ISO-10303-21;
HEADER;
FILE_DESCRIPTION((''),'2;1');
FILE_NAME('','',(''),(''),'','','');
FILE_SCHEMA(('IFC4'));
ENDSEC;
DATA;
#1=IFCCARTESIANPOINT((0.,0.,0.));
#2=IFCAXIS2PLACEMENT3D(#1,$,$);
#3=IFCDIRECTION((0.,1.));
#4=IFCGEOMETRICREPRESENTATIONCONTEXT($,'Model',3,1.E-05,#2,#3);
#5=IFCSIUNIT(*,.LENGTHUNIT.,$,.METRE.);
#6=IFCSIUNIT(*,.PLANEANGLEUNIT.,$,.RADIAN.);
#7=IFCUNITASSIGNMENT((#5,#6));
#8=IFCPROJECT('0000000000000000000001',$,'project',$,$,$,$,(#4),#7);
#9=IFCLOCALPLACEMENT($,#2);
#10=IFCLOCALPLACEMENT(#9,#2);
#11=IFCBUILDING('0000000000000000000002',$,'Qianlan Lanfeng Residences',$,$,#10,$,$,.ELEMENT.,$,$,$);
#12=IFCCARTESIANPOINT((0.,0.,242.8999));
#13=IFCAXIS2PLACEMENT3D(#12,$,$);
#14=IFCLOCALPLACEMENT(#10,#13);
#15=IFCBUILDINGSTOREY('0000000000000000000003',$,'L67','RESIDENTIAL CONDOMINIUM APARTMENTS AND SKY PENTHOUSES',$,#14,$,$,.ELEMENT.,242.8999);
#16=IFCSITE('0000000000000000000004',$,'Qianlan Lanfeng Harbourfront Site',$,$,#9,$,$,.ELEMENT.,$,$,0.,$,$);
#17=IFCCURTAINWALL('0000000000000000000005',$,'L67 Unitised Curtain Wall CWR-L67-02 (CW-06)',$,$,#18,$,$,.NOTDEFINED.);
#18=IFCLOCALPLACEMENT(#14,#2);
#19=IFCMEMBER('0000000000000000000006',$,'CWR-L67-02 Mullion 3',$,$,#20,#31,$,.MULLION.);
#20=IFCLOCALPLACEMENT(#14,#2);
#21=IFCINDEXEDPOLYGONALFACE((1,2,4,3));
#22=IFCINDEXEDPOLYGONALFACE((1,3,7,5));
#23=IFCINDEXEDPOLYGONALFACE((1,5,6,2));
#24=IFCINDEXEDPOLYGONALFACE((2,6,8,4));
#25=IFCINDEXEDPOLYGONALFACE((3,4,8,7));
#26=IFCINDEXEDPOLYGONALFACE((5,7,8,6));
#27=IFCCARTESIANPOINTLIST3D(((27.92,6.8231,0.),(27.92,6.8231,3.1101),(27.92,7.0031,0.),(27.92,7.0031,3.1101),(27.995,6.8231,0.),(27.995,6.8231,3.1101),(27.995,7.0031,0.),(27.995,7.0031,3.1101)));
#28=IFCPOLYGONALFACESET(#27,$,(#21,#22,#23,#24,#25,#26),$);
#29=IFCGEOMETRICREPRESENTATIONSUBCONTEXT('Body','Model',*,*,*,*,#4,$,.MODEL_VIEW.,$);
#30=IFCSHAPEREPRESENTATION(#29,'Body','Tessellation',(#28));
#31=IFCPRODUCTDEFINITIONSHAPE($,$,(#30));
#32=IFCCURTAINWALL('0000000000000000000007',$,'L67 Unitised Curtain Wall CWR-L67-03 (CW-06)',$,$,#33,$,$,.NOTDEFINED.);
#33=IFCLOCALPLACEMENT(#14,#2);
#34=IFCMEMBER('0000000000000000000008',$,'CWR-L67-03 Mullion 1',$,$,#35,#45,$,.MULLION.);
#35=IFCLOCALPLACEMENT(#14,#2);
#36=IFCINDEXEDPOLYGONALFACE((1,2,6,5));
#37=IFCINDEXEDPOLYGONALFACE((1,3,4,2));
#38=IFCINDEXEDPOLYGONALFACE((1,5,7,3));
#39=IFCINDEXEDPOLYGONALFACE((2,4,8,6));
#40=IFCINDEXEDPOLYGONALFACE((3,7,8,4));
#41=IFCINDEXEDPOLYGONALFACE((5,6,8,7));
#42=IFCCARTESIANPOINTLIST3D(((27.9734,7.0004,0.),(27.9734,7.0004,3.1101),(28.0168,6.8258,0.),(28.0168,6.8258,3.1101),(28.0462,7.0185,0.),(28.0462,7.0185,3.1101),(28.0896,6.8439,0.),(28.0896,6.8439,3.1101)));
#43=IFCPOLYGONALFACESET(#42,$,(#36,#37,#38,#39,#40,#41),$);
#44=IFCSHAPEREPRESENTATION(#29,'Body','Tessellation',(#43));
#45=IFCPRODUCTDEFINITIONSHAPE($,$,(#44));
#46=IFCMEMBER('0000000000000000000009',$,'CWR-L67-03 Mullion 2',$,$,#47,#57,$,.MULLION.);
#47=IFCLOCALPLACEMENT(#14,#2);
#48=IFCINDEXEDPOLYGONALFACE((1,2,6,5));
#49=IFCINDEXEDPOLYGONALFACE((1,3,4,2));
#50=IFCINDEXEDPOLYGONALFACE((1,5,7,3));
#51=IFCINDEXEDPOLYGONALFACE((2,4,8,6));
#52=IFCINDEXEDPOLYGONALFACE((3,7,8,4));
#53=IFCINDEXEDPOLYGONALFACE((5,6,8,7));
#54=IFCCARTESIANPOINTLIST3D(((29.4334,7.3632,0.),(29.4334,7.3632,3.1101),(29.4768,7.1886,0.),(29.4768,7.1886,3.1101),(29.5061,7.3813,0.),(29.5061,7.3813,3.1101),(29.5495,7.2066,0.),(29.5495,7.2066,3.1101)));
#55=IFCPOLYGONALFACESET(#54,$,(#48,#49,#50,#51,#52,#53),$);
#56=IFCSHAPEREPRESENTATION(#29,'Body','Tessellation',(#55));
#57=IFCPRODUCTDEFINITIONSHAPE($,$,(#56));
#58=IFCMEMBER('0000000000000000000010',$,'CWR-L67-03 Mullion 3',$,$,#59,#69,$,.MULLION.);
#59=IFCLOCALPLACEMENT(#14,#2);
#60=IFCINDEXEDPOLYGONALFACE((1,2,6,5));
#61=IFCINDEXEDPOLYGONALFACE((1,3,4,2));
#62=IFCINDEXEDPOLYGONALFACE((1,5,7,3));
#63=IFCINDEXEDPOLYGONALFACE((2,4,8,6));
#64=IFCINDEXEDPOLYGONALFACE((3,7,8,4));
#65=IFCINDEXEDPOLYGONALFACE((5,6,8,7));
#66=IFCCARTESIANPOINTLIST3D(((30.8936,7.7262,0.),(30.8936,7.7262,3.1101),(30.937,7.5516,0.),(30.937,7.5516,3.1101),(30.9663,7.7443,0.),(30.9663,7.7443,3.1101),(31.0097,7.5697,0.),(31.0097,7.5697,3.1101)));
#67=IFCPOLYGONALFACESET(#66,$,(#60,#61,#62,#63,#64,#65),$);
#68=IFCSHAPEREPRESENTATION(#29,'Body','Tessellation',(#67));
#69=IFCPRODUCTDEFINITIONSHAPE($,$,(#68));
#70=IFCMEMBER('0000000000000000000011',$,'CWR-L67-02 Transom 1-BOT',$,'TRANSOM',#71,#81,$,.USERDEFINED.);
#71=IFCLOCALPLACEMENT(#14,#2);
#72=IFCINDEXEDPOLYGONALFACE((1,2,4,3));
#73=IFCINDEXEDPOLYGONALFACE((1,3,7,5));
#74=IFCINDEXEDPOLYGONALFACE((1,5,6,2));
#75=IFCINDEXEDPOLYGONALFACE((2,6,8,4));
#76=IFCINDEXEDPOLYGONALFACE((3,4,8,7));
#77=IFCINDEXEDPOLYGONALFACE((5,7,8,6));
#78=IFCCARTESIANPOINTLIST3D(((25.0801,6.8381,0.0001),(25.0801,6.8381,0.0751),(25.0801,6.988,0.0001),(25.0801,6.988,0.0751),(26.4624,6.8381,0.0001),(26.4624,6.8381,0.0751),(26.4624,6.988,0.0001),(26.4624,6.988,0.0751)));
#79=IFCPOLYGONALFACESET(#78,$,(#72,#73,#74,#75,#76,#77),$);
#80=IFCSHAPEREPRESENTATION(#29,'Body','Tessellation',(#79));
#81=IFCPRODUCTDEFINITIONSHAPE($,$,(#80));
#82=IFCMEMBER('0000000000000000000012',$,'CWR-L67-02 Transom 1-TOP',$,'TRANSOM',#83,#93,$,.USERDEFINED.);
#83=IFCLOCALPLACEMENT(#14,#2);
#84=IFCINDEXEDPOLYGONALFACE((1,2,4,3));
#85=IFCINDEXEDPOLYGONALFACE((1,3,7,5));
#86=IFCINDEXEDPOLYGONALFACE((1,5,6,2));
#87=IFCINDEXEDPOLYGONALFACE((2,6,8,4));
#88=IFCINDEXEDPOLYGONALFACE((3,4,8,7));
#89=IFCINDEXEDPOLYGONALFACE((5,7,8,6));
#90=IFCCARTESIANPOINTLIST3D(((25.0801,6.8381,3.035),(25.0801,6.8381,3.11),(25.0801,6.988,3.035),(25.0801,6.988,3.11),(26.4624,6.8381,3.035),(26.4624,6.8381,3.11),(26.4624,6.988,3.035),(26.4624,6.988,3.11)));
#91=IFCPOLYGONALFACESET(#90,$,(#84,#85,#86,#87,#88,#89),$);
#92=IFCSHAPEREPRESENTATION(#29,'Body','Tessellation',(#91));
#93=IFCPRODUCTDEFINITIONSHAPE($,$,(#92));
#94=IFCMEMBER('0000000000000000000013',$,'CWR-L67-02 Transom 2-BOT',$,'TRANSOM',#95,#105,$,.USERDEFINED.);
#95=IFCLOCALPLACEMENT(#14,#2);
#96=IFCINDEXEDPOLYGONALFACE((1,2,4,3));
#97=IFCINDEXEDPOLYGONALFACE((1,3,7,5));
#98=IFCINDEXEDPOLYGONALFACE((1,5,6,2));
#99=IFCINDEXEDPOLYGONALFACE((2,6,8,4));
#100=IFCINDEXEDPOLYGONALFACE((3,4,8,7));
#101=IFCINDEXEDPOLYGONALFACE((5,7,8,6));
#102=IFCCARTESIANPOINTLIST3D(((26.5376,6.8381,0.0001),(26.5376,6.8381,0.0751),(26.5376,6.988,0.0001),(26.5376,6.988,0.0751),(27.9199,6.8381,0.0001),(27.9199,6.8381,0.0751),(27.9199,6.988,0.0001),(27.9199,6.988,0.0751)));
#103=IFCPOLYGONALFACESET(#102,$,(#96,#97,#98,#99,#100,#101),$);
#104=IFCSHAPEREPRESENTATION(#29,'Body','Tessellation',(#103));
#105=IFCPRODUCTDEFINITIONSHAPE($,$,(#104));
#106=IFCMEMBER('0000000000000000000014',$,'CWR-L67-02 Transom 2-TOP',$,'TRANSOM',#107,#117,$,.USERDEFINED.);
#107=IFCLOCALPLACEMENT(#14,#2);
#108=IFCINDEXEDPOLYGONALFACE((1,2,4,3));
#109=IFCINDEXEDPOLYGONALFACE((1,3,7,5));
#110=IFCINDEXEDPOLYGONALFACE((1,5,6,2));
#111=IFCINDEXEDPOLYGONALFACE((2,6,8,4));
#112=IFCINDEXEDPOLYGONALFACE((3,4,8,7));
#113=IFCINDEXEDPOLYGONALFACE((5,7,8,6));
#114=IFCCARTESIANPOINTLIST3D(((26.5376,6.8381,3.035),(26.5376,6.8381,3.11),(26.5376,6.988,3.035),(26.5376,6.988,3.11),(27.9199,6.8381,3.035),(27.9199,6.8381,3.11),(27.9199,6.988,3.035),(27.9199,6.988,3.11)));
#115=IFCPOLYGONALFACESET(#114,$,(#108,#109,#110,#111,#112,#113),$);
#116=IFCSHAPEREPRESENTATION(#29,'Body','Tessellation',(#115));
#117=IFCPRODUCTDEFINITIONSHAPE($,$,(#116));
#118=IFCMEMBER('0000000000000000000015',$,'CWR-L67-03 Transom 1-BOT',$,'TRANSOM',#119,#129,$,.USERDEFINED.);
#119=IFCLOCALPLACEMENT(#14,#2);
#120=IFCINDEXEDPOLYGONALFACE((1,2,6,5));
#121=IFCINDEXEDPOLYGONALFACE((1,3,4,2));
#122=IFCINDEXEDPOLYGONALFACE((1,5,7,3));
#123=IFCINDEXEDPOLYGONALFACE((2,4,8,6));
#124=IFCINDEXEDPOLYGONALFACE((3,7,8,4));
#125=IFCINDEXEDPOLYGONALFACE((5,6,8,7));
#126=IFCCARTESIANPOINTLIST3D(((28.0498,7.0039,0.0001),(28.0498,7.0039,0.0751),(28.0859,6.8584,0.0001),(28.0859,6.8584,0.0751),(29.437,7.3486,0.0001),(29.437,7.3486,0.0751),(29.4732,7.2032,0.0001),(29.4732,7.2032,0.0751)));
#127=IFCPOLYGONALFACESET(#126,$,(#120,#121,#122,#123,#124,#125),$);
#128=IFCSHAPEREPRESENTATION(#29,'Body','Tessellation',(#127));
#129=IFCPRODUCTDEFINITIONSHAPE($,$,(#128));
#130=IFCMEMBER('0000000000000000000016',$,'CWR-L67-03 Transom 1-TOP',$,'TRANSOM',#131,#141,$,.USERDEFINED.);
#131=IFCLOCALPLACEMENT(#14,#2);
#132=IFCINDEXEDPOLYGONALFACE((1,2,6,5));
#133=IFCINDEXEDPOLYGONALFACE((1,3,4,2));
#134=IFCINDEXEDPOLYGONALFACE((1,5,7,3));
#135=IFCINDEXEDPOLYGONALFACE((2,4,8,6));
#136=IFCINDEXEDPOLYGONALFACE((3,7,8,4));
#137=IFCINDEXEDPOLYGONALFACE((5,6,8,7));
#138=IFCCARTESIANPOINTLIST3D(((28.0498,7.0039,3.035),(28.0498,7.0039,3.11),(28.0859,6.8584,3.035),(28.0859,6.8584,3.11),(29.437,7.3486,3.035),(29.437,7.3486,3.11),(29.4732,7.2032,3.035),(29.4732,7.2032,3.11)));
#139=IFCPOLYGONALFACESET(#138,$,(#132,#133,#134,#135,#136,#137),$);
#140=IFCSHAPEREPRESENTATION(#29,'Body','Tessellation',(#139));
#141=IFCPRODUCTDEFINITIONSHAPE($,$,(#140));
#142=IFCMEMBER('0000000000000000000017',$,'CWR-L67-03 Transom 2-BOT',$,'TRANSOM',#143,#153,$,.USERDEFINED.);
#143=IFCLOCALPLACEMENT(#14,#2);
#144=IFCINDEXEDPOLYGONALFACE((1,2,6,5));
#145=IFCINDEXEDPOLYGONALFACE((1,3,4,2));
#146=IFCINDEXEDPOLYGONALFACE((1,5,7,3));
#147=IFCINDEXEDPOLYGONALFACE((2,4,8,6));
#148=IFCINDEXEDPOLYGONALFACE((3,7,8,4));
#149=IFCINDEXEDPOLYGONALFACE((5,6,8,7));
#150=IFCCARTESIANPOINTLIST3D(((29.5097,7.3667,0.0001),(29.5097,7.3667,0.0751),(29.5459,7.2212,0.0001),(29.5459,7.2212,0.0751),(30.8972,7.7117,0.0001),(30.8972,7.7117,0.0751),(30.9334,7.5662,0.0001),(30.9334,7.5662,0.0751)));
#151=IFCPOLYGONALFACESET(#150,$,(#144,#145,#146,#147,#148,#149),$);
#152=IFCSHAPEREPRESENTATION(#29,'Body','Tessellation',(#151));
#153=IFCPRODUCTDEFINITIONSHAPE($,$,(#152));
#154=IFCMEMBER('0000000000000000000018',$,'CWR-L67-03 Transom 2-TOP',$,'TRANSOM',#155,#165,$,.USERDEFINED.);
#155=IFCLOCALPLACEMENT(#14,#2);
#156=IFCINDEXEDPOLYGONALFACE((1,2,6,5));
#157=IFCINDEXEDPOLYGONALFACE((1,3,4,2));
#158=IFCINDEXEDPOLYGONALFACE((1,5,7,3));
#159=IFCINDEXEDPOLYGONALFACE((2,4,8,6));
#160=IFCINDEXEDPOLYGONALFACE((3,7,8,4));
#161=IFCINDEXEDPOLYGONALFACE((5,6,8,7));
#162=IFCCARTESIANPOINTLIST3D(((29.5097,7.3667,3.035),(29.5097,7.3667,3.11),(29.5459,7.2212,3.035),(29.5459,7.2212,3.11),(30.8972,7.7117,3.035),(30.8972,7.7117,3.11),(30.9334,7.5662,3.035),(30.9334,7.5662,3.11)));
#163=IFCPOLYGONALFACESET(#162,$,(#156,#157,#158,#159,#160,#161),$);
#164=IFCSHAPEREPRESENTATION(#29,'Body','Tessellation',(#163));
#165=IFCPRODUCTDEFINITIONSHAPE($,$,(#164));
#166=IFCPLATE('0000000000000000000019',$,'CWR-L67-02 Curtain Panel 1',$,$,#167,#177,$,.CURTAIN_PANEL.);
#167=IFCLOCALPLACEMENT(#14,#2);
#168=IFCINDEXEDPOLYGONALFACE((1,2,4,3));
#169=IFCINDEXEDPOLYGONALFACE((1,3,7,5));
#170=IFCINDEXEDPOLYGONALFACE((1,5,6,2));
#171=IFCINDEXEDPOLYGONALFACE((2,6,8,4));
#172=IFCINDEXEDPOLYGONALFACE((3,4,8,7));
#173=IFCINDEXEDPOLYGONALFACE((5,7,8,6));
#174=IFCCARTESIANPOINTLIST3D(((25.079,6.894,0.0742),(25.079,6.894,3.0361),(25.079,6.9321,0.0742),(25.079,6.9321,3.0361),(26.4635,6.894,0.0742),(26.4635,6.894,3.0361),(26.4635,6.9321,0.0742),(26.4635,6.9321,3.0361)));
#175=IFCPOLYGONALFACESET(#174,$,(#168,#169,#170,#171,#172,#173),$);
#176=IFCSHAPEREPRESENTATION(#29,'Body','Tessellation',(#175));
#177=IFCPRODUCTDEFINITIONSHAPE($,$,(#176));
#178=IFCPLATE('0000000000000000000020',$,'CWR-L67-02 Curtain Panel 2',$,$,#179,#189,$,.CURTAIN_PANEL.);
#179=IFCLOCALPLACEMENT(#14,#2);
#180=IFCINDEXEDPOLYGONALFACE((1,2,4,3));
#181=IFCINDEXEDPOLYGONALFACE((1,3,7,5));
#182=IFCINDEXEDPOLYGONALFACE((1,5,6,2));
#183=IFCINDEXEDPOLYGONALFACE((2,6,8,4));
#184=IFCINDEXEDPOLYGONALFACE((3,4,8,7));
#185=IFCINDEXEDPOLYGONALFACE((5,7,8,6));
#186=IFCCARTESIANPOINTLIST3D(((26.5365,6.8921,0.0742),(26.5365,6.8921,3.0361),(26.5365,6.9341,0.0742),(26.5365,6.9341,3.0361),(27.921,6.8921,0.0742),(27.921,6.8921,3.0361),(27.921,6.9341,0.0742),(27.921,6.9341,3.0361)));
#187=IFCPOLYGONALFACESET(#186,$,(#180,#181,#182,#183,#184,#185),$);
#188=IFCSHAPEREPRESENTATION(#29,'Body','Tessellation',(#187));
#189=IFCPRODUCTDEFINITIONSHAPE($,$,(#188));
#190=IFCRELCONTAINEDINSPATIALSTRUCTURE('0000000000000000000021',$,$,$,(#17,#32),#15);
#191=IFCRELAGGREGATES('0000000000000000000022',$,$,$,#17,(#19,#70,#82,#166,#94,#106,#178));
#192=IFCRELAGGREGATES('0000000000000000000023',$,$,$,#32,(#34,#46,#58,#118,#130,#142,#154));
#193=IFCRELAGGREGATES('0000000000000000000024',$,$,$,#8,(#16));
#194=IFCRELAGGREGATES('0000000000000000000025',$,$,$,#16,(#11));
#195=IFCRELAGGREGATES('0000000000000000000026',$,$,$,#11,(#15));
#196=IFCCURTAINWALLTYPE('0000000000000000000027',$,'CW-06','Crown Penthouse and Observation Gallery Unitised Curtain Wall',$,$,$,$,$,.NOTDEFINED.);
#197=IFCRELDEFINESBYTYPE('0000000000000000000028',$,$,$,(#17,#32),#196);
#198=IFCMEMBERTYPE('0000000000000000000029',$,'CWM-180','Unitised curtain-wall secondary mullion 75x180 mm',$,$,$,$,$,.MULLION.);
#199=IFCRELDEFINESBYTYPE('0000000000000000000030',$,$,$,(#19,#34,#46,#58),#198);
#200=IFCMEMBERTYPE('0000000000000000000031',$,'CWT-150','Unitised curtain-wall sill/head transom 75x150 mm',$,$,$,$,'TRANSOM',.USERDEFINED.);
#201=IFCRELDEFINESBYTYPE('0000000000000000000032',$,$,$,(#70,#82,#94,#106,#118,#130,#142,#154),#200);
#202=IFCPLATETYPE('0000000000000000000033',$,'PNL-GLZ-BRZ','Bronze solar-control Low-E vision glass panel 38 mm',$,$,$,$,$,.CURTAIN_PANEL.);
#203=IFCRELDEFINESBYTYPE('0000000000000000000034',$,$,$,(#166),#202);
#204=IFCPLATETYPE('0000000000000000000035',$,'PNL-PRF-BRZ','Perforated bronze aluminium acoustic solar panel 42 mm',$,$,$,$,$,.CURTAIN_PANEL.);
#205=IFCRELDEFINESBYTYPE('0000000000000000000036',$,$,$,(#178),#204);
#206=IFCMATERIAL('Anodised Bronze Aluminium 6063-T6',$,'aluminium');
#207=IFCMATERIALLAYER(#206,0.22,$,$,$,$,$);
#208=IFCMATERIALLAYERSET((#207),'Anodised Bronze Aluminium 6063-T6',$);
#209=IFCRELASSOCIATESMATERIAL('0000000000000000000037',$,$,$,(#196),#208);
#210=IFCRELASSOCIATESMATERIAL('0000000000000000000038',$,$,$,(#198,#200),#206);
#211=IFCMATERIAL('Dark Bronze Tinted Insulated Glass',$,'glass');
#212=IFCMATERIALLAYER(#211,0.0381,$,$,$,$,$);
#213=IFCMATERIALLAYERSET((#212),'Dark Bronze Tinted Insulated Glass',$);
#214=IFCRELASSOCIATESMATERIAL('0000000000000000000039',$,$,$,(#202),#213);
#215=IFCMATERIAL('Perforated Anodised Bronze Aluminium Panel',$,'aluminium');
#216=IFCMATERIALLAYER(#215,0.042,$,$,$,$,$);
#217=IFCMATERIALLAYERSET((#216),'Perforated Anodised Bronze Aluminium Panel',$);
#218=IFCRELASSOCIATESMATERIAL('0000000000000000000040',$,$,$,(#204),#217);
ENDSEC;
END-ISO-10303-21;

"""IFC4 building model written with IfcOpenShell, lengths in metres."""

from ifc_helpers import new_model, si_unit, direction, frame, origin, origin_2d, place, context, subcontext, project, spatial, rectangle, extrude, source, transform, mapped, material, layer, layer_set, material_profile, profile_set, type_object, element, aggregate, save


model = new_model("IFC4")

# Units and contexts
model_context = context("Model", 3, precision=1e-05, world=origin(), true_north=direction((0.0, 1.0)))
body_context = subcontext(model_context, "Body", "Model", "MODEL_VIEW")
ifc_project = project(units=[si_unit("LENGTHUNIT", "METRE"), si_unit("PLANEANGLEUNIT", "RADIAN")], contexts=[model_context])

# Site, building, storey
site_placement = place(None, origin())
site = spatial("IfcSite", under=ifc_project, at=site_placement, Name="Qianlan Lanfeng Harbourfront Site", CompositionType="ELEMENT", RefElevation=0.0)
building_placement = place(site_placement, origin())
building = spatial("IfcBuilding", under=site, at=building_placement, Name="Qianlan Lanfeng Residences", CompositionType="ELEMENT")
storey_placement = place(building_placement, frame((0.0, 0.0, 242.8999)))
storey = spatial("IfcBuildingStorey", under=building, at=storey_placement, Name="L67", Description="RESIDENTIAL CONDOMINIUM APARTMENTS AND SKY PENTHOUSES", CompositionType="ELEMENT", Elevation=242.8999)

# Curtain walls, members
ifc_material_1 = material(Name="Anodised Bronze Aluminium 6063-T6", Category="aluminium")
ifc_layer_1 = layer(ifc_material_1, 0.22)
ifc_layer_set_1 = layer_set([ifc_layer_1], Name="Anodised Bronze Aluminium 6063-T6")
curtain_wall_type = type_object("IfcCurtainWallType", Name="CW-06", Description="Crown Penthouse and Observation Gallery Unitised Curtain Wall", PredefinedType="NOTDEFINED", material=ifc_layer_set_1)
curtain_wall_1_placement = place(storey_placement, origin())
curtain_wall_1 = element("IfcCurtainWall", 1, at=curtain_wall_1_placement, inside=storey, type_object=curtain_wall_type, Name="L67 Unitised Curtain Wall CWR-L67-02 (CW-06)", PredefinedType="NOTDEFINED")
ifc_material_profile_1 = material_profile(ifc_material_1, rectangle(XDim=0.075, YDim=0.1799, at=origin_2d()), Name="ALU MULLION 75x180")
ifc_profile_set_1 = profile_set([ifc_material_profile_1], Name="Anodised Bronze Aluminium 6063-T6")
member_type_1 = type_object("IfcMemberType", Name="CWM-180", Description="Unitised curtain-wall secondary mullion 75x180 mm", PredefinedType="MULLION", material=ifc_profile_set_1)
shared_shape_1 = source(origin(), body_context, "Body", "SweptSolid", [
    extrude(rectangle(XDim=0.075, YDim=0.1799, at=origin_2d()), origin(), (0.0, 0.0, 1.0), 3.1101),
])
member_1_placement = place(storey_placement, frame((27.9575, 6.9131, 0.0), z_axis=(0.0, 0.0, 1.0), x_axis=(1.0, 0.0, 0.0)))
member_1 = element("IfcMember", 2, at=member_1_placement, type_object=member_type_1, Name="CWR-L67-02 Mullion 3", PredefinedType="MULLION", context=body_context, shape_type="MappedRepresentation", body=[
    mapped(shared_shape_1, transform((0.0, 0.0, 0.0), scale=1.0)),
])
curtain_wall_2_placement = place(storey_placement, origin())
curtain_wall_2 = element("IfcCurtainWall", 3, at=curtain_wall_2_placement, inside=storey, type_object=curtain_wall_type, Name="L67 Unitised Curtain Wall CWR-L67-03 (CW-06)", PredefinedType="NOTDEFINED")
member_2_placement = place(storey_placement, frame((28.0315, 6.9221, 0.0), z_axis=(0.0, 0.0, 1.0), x_axis=(0.970466, 0.241238, 0.0)))
member_2 = element("IfcMember", 4, at=member_2_placement, type_object=member_type_1, Name="CWR-L67-03 Mullion 1", PredefinedType="MULLION", context=body_context, shape_type="MappedRepresentation", body=[
    mapped(shared_shape_1, transform((0.0, 0.0, 0.0), scale=1.0)),
])
member_3_placement = place(storey_placement, frame((29.4915, 7.2849, 0.0), z_axis=(0.0, 0.0, 1.0), x_axis=(0.970466, 0.241238, 0.0)))
member_3 = element("IfcMember", 5, at=member_3_placement, type_object=member_type_1, Name="CWR-L67-03 Mullion 2", PredefinedType="MULLION", context=body_context, shape_type="MappedRepresentation", body=[
    mapped(shared_shape_1, transform((0.0, 0.0, 0.0), scale=1.0)),
])
member_4_placement = place(storey_placement, frame((30.9517, 7.6479, 0.0), z_axis=(0.0, 0.0, 1.0), x_axis=(0.970466, 0.241238, 0.0)))
member_4 = element("IfcMember", 6, at=member_4_placement, type_object=member_type_1, Name="CWR-L67-03 Mullion 3", PredefinedType="MULLION", context=body_context, shape_type="MappedRepresentation", body=[
    mapped(shared_shape_1, transform((0.0, 0.0, 0.0), scale=1.0)),
])

# Members
ifc_material_profile_2 = material_profile(ifc_material_1, rectangle(XDim=0.075, YDim=0.1499, at=origin_2d()), Name="ALU TRANSOM 75x150")
ifc_profile_set_2 = profile_set([ifc_material_profile_2], Name="Anodised Bronze Aluminium 6063-T6")
member_type_2 = type_object("IfcMemberType", Name="CWT-150", Description="Unitised curtain-wall sill/head transom 75x150 mm", ElementType="TRANSOM", PredefinedType="USERDEFINED", material=ifc_profile_set_2)
shared_shape_2 = source(origin(), body_context, "Body", "SweptSolid", [
    extrude(rectangle(XDim=0.075, YDim=0.1499, at=origin_2d()), origin(), (0.0, 0.0, 1.0), 1.3823),
])
member_5_placement = place(storey_placement, frame((25.0801, 6.9131, 0.0376), z_axis=(1.0, 0.0, 0.0), x_axis=(0.0, 0.0, 1.0)))
member_5 = element("IfcMember", 7, at=member_5_placement, type_object=member_type_2, Name="CWR-L67-02 Transom 1-BOT", ObjectType="TRANSOM", PredefinedType="USERDEFINED", context=body_context, shape_type="MappedRepresentation", body=[
    mapped(shared_shape_2, transform((0.0, 0.0, 0.0), scale=1.0)),
])
member_6_placement = place(storey_placement, frame((25.0801, 6.9131, 3.0725), z_axis=(1.0, 0.0, 0.0), x_axis=(0.0, 0.0, 1.0)))
member_6 = element("IfcMember", 8, at=member_6_placement, type_object=member_type_2, Name="CWR-L67-02 Transom 1-TOP", ObjectType="TRANSOM", PredefinedType="USERDEFINED", context=body_context, shape_type="MappedRepresentation", body=[
    mapped(shared_shape_2, transform((0.0, 0.0, 0.0), scale=1.0)),
])
member_7_placement = place(storey_placement, frame((26.5376, 6.9131, 0.0376), z_axis=(1.0, 0.0, 0.0), x_axis=(0.0, 0.0, 1.0)))
member_7 = element("IfcMember", 9, at=member_7_placement, type_object=member_type_2, Name="CWR-L67-02 Transom 2-BOT", ObjectType="TRANSOM", PredefinedType="USERDEFINED", context=body_context, shape_type="MappedRepresentation", body=[
    mapped(shared_shape_2, transform((0.0, 0.0, 0.0), scale=1.0)),
])
member_8_placement = place(storey_placement, frame((26.5376, 6.9131, 3.0725), z_axis=(1.0, 0.0, 0.0), x_axis=(0.0, 0.0, 1.0)))
member_8 = element("IfcMember", 10, at=member_8_placement, type_object=member_type_2, Name="CWR-L67-02 Transom 2-TOP", ObjectType="TRANSOM", PredefinedType="USERDEFINED", context=body_context, shape_type="MappedRepresentation", body=[
    mapped(shared_shape_2, transform((0.0, 0.0, 0.0), scale=1.0)),
])
shared_shape_3 = source(origin(), body_context, "Body", "SweptSolid", [
    extrude(rectangle(XDim=0.075, YDim=0.1499, at=origin_2d()), origin(), (0.0, 0.0, 1.0), 1.4294),
])
member_9_placement = place(storey_placement, frame((28.0679, 6.9312, 0.0376), z_axis=(0.970483, 0.241169, 0.0), x_axis=(0.0, 0.0, 1.0)))
member_9 = element("IfcMember", 11, at=member_9_placement, type_object=member_type_2, Name="CWR-L67-03 Transom 1-BOT", ObjectType="TRANSOM", PredefinedType="USERDEFINED", context=body_context, shape_type="MappedRepresentation", body=[
    mapped(shared_shape_3, transform((0.0, 0.0, 0.0), scale=1.0)),
])
member_10_placement = place(storey_placement, frame((28.0679, 6.9312, 3.0725), z_axis=(0.970483, 0.241169, 0.0), x_axis=(0.0, 0.0, 1.0)))
member_10 = element("IfcMember", 12, at=member_10_placement, type_object=member_type_2, Name="CWR-L67-03 Transom 1-TOP", ObjectType="TRANSOM", PredefinedType="USERDEFINED", context=body_context, shape_type="MappedRepresentation", body=[
    mapped(shared_shape_3, transform((0.0, 0.0, 0.0), scale=1.0)),
])
shared_shape_4 = source(origin(), body_context, "Body", "SweptSolid", [
    extrude(rectangle(XDim=0.075, YDim=0.1499, at=origin_2d()), origin(), (0.0, 0.0, 1.0), 1.4297),
])
member_11_placement = place(storey_placement, frame((29.5278, 7.2939, 0.0376), z_axis=(0.970453, 0.24129, 0.0), x_axis=(0.0, 0.0, 1.0)))
member_11 = element("IfcMember", 13, at=member_11_placement, type_object=member_type_2, Name="CWR-L67-03 Transom 2-BOT", ObjectType="TRANSOM", PredefinedType="USERDEFINED", context=body_context, shape_type="MappedRepresentation", body=[
    mapped(shared_shape_4, transform((0.0, 0.0, 0.0), scale=1.0)),
])
member_12_placement = place(storey_placement, frame((29.5278, 7.2939, 3.0725), z_axis=(0.970453, 0.24129, 0.0), x_axis=(0.0, 0.0, 1.0)))
member_12 = element("IfcMember", 14, at=member_12_placement, type_object=member_type_2, Name="CWR-L67-03 Transom 2-TOP", ObjectType="TRANSOM", PredefinedType="USERDEFINED", context=body_context, shape_type="MappedRepresentation", body=[
    mapped(shared_shape_4, transform((0.0, 0.0, 0.0), scale=1.0)),
])

# Plates
ifc_material_2 = material(Name="Dark Bronze Tinted Insulated Glass", Category="glass")
ifc_layer_2 = layer(ifc_material_2, 0.0381)
ifc_layer_set_2 = layer_set([ifc_layer_2], Name="Dark Bronze Tinted Insulated Glass")
plate_type_1 = type_object("IfcPlateType", Name="PNL-GLZ-BRZ", Description="Bronze solar-control Low-E vision glass panel 38 mm", PredefinedType="CURTAIN_PANEL", material=ifc_layer_set_2)
shared_shape_5 = source(origin(), body_context, "Body", "SweptSolid", [
    extrude(rectangle(XDim=1.3845, YDim=0.0381, at=origin_2d()), origin(), (0.0, 0.0, 1.0), 2.9619),
])
plate_1_placement = place(storey_placement, frame((25.7712, 6.9131, 0.0742), z_axis=(0.0, 0.0, 1.0), x_axis=(1.0, 0.0, 0.0)))
plate_1 = element("IfcPlate", 15, at=plate_1_placement, type_object=plate_type_1, Name="CWR-L67-02 Curtain Panel 1", PredefinedType="CURTAIN_PANEL", context=body_context, shape_type="MappedRepresentation", body=[
    mapped(shared_shape_5, transform((0.0, 0.0, 0.0), scale=1.0)),
])
ifc_material_3 = material(Name="Perforated Anodised Bronze Aluminium Panel", Category="aluminium")
ifc_layer_3 = layer(ifc_material_3, 0.042)
ifc_layer_set_3 = layer_set([ifc_layer_3], Name="Perforated Anodised Bronze Aluminium Panel")
plate_type_2 = type_object("IfcPlateType", Name="PNL-PRF-BRZ", Description="Perforated bronze aluminium acoustic solar panel 42 mm", PredefinedType="CURTAIN_PANEL", material=ifc_layer_set_3)
shared_shape_6 = source(origin(), body_context, "Body", "SweptSolid", [
    extrude(rectangle(XDim=1.3845, YDim=0.042, at=origin_2d()), origin(), (0.0, 0.0, 1.0), 2.9619),
])
plate_2_placement = place(storey_placement, frame((27.2288, 6.9131, 0.0742), z_axis=(0.0, 0.0, 1.0), x_axis=(1.0, 0.0, 0.0)))
plate_2 = element("IfcPlate", 16, at=plate_2_placement, type_object=plate_type_2, Name="CWR-L67-02 Curtain Panel 2", PredefinedType="CURTAIN_PANEL", context=body_context, shape_type="MappedRepresentation", body=[
    mapped(shared_shape_6, transform((0.0, 0.0, 0.0), scale=1.0)),
])
aggregate(curtain_wall_1, [member_1, member_5, member_6, plate_1, member_7, member_8, plate_2])
aggregate(curtain_wall_2, [member_2, member_3, member_4, member_9, member_10, member_11, member_12])

save(model, "model.ifc")
